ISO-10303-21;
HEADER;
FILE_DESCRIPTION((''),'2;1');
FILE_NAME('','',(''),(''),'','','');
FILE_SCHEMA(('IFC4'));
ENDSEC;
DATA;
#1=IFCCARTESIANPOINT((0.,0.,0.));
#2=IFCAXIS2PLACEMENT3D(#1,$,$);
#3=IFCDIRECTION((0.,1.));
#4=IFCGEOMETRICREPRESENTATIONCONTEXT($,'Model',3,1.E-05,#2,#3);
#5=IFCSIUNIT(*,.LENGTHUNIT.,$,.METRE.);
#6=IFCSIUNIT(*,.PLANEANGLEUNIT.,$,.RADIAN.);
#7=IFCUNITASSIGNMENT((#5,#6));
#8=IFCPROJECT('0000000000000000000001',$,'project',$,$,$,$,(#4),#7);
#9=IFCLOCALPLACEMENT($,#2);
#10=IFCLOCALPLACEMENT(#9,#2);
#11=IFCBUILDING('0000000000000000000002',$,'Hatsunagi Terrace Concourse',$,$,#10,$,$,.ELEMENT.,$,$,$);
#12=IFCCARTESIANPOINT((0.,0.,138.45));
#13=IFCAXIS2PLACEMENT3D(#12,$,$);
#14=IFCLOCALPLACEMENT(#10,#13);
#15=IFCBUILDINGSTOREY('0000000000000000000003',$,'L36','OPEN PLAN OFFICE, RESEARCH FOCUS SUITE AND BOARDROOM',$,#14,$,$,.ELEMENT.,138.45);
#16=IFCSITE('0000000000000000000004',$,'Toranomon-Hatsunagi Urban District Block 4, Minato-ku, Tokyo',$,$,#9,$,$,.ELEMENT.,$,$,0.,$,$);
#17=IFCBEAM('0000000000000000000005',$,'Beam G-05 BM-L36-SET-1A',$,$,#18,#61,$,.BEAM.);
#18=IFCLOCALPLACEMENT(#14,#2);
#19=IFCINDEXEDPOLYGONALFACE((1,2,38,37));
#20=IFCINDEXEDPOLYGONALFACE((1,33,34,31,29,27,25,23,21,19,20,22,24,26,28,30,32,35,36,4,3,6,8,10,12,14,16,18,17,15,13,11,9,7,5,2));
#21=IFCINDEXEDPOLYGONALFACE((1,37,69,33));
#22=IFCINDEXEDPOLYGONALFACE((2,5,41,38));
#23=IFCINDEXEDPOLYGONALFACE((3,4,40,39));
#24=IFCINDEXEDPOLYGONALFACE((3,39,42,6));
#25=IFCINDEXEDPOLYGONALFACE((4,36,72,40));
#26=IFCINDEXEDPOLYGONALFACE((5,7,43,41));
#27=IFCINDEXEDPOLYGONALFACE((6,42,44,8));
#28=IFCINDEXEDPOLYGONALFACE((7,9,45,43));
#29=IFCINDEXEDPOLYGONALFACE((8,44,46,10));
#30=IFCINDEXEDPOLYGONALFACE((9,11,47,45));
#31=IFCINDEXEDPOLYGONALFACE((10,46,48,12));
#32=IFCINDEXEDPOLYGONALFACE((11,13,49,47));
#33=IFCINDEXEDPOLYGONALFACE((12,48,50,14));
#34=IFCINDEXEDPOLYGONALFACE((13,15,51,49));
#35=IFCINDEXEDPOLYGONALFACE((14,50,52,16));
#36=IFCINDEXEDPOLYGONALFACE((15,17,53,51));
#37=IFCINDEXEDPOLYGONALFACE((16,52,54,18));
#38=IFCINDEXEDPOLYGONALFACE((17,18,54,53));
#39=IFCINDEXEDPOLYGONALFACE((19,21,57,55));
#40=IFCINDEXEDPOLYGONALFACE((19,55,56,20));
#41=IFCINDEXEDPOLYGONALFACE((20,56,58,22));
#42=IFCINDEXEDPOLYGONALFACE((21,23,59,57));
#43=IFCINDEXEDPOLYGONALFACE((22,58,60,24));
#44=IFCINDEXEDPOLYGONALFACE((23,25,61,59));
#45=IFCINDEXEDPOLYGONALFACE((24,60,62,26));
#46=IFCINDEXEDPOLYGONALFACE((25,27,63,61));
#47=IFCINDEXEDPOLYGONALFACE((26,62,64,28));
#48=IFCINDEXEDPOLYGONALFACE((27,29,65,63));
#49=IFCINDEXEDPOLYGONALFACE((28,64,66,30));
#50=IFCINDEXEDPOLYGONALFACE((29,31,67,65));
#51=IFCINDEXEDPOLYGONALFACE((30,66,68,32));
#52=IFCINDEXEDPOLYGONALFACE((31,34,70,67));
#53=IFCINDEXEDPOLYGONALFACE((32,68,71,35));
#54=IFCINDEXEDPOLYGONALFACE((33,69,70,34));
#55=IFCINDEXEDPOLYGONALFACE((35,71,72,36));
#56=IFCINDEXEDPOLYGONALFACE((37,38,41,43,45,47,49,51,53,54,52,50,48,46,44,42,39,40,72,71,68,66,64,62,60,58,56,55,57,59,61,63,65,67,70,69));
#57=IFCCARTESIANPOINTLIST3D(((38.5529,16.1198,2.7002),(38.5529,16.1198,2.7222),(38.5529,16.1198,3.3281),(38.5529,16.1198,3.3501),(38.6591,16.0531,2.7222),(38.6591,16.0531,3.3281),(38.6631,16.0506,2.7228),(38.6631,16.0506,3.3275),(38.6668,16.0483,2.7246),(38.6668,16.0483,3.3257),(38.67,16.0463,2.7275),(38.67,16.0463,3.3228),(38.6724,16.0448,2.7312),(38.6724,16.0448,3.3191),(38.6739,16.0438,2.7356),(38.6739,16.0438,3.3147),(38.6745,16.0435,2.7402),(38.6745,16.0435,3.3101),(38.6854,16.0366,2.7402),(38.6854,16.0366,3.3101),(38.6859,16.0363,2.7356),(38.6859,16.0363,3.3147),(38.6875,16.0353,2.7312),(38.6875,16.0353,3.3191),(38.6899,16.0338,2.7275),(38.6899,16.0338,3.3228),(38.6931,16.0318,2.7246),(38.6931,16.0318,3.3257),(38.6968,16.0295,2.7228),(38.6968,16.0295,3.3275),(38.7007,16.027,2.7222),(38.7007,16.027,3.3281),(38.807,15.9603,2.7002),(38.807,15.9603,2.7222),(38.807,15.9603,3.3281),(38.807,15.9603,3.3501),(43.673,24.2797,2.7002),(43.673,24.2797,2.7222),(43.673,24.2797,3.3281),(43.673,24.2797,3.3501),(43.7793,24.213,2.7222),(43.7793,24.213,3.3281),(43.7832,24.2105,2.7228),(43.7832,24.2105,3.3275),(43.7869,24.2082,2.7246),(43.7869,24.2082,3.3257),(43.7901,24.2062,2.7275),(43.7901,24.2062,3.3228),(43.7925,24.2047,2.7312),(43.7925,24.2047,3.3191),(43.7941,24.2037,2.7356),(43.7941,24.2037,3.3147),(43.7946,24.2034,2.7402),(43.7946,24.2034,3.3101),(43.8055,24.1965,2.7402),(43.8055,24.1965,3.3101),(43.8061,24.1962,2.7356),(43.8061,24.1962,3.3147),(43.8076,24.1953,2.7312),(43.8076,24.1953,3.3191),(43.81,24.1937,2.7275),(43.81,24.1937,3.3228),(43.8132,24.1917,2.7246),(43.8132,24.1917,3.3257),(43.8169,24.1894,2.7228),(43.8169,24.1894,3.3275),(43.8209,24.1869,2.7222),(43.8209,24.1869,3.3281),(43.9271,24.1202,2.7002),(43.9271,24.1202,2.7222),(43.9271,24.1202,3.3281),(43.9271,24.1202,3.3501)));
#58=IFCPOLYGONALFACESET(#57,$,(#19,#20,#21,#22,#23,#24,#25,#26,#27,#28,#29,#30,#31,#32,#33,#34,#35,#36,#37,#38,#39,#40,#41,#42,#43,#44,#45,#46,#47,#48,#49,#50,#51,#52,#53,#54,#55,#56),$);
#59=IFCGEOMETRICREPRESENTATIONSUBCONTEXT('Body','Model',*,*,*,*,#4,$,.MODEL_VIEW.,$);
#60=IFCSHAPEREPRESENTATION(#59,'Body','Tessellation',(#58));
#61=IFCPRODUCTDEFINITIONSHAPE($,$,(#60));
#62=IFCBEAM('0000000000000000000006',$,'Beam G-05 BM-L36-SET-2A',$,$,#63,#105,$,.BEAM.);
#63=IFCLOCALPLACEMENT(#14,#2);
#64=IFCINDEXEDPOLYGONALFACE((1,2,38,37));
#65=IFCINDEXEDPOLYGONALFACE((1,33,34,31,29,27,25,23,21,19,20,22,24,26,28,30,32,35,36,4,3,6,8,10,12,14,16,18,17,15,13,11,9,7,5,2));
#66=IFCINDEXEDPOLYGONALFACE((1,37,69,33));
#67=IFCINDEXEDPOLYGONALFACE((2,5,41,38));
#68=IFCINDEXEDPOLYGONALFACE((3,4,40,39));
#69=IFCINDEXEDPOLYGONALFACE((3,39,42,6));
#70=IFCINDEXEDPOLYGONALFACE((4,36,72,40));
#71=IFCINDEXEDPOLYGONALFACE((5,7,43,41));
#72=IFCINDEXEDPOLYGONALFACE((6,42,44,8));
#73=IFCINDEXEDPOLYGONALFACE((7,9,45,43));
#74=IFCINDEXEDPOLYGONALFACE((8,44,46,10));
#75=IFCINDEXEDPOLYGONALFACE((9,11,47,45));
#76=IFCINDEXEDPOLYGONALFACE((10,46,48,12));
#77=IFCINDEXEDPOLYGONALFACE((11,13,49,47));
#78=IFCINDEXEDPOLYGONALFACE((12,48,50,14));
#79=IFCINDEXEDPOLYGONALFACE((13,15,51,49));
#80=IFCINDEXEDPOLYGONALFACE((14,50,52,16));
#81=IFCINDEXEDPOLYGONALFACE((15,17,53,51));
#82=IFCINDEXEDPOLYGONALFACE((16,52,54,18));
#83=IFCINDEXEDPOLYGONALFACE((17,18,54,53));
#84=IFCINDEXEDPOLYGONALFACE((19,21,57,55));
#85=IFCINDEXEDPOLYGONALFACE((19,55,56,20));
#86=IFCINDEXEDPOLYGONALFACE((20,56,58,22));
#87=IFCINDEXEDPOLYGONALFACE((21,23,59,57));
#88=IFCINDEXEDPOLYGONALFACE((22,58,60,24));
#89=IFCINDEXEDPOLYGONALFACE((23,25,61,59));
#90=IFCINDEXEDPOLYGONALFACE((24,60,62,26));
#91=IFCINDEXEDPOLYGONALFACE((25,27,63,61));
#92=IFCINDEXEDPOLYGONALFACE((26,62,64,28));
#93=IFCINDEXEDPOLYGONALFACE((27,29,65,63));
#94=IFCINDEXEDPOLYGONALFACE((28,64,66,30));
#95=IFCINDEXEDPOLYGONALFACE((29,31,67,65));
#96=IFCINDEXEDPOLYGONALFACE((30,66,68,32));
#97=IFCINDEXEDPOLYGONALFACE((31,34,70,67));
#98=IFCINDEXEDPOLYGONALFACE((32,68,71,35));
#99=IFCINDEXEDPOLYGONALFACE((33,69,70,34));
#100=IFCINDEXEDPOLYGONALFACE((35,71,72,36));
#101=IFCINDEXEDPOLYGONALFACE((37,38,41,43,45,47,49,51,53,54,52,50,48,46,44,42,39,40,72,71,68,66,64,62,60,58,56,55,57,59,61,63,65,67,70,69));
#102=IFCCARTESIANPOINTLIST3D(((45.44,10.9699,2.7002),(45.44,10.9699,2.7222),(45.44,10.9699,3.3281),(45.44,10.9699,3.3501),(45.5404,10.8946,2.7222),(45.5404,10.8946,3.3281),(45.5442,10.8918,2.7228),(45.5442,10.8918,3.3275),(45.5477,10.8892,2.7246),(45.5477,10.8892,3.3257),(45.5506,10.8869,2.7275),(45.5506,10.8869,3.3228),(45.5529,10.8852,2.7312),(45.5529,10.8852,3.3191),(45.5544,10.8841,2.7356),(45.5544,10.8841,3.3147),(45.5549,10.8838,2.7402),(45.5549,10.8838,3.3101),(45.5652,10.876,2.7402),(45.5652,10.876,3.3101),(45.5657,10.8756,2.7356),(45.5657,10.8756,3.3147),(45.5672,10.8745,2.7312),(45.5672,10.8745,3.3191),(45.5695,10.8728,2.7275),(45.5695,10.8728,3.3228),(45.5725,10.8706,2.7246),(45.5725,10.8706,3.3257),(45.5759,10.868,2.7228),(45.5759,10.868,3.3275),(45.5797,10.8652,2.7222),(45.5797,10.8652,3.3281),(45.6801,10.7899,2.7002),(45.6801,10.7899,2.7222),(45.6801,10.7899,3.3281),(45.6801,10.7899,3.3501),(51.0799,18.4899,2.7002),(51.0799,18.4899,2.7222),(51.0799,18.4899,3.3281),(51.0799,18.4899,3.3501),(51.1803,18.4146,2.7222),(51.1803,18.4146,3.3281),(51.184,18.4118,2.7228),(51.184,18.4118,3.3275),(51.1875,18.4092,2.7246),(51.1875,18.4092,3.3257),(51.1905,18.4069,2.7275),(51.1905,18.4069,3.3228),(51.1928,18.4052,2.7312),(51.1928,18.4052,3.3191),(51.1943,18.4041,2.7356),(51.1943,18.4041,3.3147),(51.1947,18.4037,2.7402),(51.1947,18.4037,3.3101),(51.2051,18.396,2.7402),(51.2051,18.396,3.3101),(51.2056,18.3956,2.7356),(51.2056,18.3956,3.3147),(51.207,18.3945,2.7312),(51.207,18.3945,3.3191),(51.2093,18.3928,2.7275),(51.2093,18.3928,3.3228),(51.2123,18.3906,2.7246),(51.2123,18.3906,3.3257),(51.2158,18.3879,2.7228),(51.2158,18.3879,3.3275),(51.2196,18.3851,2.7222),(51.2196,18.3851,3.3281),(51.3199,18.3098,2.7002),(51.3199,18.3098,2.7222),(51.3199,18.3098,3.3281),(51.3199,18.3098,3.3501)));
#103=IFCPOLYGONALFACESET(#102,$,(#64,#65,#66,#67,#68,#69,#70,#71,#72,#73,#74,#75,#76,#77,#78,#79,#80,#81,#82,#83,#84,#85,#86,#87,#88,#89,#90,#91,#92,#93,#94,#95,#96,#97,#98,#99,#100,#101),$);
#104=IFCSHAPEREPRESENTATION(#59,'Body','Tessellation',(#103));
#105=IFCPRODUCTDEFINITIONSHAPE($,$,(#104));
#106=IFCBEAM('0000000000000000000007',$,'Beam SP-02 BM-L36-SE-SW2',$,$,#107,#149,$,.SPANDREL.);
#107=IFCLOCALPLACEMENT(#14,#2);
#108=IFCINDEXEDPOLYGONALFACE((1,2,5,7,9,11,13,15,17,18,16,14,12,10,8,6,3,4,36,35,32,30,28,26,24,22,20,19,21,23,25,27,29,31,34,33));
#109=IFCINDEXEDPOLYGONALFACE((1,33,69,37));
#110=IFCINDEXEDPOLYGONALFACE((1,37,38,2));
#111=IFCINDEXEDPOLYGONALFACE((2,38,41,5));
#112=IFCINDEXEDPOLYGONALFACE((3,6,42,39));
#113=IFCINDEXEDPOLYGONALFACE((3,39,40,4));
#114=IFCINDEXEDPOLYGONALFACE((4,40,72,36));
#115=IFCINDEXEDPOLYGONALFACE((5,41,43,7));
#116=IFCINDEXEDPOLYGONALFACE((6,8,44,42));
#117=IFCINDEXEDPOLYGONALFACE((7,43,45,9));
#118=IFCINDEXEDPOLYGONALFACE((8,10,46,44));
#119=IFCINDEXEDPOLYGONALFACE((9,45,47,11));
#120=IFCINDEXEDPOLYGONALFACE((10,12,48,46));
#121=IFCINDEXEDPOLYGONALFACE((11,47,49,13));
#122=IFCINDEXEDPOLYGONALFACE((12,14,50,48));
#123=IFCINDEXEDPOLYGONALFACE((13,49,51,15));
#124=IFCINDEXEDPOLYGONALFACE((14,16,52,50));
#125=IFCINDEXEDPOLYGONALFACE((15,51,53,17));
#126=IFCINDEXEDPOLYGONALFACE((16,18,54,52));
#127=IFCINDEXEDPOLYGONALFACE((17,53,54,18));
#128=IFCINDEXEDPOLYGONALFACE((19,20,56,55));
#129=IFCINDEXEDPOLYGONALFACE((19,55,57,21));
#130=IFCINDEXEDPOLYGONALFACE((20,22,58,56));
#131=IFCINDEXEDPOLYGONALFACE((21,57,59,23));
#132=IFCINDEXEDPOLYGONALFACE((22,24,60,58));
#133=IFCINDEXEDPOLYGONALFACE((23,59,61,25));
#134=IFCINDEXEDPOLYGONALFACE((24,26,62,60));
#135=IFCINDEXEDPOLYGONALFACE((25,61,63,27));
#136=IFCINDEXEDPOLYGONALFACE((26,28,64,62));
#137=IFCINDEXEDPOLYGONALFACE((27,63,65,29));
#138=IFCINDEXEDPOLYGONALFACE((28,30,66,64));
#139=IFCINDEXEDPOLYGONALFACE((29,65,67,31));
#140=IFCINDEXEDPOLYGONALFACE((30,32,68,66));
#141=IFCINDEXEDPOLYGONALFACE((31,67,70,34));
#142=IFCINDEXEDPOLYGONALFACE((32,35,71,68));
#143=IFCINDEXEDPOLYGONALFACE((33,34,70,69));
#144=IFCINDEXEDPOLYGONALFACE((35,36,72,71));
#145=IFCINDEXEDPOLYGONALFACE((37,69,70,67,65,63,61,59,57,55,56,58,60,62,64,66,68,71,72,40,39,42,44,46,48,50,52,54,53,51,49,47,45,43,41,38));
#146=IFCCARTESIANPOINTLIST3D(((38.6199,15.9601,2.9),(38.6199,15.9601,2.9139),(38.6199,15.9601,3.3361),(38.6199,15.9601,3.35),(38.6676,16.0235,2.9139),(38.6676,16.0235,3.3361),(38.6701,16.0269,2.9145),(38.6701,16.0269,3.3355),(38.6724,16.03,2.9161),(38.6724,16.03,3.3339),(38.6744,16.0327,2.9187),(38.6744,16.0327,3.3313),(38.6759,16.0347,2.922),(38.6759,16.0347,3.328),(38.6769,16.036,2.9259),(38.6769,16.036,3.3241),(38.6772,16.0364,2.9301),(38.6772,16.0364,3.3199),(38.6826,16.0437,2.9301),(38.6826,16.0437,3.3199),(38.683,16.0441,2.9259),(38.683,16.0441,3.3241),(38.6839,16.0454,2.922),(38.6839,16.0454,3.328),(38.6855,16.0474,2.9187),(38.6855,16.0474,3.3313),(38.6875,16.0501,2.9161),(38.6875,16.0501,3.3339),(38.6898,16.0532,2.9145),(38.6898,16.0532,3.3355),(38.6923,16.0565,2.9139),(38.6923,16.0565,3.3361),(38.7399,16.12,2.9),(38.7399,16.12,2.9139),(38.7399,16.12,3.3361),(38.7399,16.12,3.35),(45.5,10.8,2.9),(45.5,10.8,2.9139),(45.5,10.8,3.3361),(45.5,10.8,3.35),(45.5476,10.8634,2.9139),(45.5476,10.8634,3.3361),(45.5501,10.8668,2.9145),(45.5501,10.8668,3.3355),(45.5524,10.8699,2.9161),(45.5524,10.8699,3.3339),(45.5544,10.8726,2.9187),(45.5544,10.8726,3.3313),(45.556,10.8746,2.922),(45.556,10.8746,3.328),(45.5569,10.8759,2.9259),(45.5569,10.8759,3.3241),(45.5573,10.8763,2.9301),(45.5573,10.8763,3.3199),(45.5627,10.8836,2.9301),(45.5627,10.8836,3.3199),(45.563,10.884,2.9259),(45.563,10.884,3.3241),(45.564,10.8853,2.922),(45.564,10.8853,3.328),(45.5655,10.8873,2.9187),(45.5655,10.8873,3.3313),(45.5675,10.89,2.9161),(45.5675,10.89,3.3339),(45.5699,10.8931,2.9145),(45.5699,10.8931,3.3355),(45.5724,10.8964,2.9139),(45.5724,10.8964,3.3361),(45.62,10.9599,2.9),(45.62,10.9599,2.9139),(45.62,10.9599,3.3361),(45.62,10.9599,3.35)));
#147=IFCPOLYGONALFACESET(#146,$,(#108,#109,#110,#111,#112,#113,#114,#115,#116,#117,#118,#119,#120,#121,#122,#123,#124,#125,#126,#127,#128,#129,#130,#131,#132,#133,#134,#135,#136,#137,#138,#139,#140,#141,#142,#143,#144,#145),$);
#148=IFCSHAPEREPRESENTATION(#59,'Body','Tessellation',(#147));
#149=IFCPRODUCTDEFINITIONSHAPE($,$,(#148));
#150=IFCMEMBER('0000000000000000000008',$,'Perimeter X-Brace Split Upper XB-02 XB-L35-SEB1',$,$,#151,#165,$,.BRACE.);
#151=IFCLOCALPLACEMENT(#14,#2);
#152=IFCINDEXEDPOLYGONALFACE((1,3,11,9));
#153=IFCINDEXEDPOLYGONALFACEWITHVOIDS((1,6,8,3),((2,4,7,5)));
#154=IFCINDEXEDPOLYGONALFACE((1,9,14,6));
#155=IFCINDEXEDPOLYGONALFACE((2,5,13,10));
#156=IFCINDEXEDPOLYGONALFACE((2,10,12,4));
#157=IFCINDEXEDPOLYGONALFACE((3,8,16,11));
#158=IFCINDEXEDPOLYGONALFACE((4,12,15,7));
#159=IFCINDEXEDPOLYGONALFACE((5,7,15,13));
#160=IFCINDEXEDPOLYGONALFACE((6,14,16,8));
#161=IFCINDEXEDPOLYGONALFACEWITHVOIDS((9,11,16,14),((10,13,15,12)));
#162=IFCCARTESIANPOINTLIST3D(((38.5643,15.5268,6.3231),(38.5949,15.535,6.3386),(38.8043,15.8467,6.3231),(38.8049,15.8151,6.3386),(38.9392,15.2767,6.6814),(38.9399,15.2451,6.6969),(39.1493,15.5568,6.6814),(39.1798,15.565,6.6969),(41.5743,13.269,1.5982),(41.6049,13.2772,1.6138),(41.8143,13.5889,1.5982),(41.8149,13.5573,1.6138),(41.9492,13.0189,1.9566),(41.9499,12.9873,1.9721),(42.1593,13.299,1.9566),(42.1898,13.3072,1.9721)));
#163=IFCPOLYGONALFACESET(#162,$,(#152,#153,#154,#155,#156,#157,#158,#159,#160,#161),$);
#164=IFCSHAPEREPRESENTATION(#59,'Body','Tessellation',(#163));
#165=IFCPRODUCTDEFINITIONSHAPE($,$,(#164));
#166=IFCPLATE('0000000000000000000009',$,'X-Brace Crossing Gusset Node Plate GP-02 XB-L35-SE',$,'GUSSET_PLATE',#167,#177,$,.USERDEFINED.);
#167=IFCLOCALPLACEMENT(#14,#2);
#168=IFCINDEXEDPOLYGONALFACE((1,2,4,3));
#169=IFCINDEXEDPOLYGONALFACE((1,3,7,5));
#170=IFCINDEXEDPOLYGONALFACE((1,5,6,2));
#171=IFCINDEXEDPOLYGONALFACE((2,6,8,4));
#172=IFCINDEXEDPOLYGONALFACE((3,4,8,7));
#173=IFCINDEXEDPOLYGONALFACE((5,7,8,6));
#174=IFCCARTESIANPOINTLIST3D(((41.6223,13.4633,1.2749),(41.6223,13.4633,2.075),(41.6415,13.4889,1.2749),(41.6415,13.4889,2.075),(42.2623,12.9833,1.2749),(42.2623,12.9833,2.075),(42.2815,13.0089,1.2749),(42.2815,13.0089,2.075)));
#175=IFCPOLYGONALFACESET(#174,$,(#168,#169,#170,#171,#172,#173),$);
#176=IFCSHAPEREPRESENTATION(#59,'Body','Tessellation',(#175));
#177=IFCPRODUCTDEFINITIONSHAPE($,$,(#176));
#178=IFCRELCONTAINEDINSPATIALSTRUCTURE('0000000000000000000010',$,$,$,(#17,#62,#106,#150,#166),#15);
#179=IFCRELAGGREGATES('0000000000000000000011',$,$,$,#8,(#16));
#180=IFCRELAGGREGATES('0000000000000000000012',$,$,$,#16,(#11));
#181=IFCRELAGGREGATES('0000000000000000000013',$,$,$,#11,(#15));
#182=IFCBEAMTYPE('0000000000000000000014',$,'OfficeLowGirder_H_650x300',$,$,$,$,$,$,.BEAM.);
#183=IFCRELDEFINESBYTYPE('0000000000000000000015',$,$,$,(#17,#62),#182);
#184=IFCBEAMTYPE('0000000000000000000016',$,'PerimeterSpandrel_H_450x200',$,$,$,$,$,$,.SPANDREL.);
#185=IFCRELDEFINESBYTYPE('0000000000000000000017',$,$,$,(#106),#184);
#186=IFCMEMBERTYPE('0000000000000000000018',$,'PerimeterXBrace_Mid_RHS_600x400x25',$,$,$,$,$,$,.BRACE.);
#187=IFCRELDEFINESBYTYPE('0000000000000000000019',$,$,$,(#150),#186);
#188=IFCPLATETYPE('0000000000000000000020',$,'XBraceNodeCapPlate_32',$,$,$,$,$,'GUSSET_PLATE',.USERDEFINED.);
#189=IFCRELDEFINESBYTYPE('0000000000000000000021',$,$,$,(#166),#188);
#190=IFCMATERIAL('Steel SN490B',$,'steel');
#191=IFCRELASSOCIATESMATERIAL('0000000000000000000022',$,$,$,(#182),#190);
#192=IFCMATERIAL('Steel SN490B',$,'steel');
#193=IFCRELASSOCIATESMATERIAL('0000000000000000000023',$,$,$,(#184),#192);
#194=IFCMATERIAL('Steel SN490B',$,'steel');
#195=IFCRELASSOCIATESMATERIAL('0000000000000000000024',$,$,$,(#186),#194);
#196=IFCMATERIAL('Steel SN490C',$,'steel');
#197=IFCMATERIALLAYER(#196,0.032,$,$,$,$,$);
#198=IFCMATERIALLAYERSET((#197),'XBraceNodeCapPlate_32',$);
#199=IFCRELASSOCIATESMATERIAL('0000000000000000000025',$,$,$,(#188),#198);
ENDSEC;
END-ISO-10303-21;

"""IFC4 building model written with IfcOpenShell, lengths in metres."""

from ifc_helpers import new_model, si_unit, direction, frame, origin, origin_2d, place, context, subcontext, project, spatial, rectangle, hollow_rectangle, i_section, extrude, material, layer, layer_set, material_profile, profile_set, type_object, element, save


model = new_model("IFC4")

# Units and contexts
model_context = context("Model", 3, precision=1e-05, world=origin(), true_north=direction((0.0, 1.0)))
body_context = subcontext(model_context, "Body", "Model", "MODEL_VIEW")
ifc_project = project(units=[si_unit("LENGTHUNIT", "METRE"), si_unit("PLANEANGLEUNIT", "RADIAN")], contexts=[model_context])

# Site, building, storey
site_placement = place(None, origin())
site = spatial("IfcSite", under=ifc_project, at=site_placement, Name="Toranomon-Hatsunagi Urban District Block 4, Minato-ku, Tokyo", CompositionType="ELEMENT", RefElevation=0.0)
building_placement = place(site_placement, origin())
building = spatial("IfcBuilding", under=site, at=building_placement, Name="Hatsunagi Terrace Concourse", CompositionType="ELEMENT")
storey_placement = place(building_placement, frame((0.0, 0.0, 138.45)))
storey = spatial("IfcBuildingStorey", under=building, at=storey_placement, Name="L36", Description="OPEN PLAN OFFICE, RESEARCH FOCUS SUITE AND BOARDROOM", CompositionType="ELEMENT", Elevation=138.45)

# Beams
ifc_material_1 = material(Name="Steel SN490B", Category="steel")
ifc_material_profile_1 = material_profile(ifc_material_1, i_section(OverallWidth=0.3, OverallDepth=0.6499, WebThickness=0.0129, FlangeThickness=0.022, FilletRadius=0.0181, at=origin_2d()), Name="H-650x300x13x22")
ifc_profile_set_1 = profile_set([ifc_material_profile_1], Name="Steel SN490B")
beam_type_1 = type_object("IfcBeamType", Name="OfficeLowGirder_H_650x300", PredefinedType="BEAM", material=ifc_profile_set_1)
beam_1_placement = place(storey_placement, frame((38.6799, 16.04, 3.0251), z_axis=(0.531504, 0.847056, 0.0), x_axis=(-0.847056, 0.531504, 0.0)))
element("IfcBeam", 1, at=beam_1_placement, inside=storey, type_object=beam_type_1, Name="Beam G-05 BM-L36-SET-1A", PredefinedType="BEAM", context=body_context, shape_type="SweptSolid", body=[
    extrude(i_section(OverallWidth=0.3, OverallDepth=0.6499, WebThickness=0.0129, FlangeThickness=0.022, FilletRadius=0.0181, at=origin_2d()), origin(), (0.0, 0.0, 1.0), 9.6333),
])
beam_2_placement = place(storey_placement, frame((45.5601, 10.8799, 3.0251), z_axis=(0.599992, 0.800006, 0.0), x_axis=(-0.800006, 0.599992, 0.0)))
element("IfcBeam", 2, at=beam_2_placement, inside=storey, type_object=beam_type_1, Name="Beam G-05 BM-L36-SET-2A", PredefinedType="BEAM", context=body_context, shape_type="SweptSolid", body=[
    extrude(i_section(OverallWidth=0.3, OverallDepth=0.6499, WebThickness=0.0129, FlangeThickness=0.022, FilletRadius=0.0181, at=origin_2d()), origin(), (0.0, 0.0, 1.0), 9.3999),
])
ifc_material_2 = material(Name="Steel SN490B", Category="steel")
ifc_material_profile_2 = material_profile(ifc_material_2, i_section(OverallWidth=0.2, OverallDepth=0.45, WebThickness=0.009, FlangeThickness=0.0139, FilletRadius=0.0161, at=origin_2d()), Name="H-450x200x9x14")
ifc_profile_set_2 = profile_set([ifc_material_profile_2], Name="Steel SN490B")
beam_type_2 = type_object("IfcBeamType", Name="PerimeterSpandrel_H_450x200", PredefinedType="SPANDREL", material=ifc_profile_set_2)
beam_3_placement = place(storey_placement, frame((38.6799, 16.04, 3.125), z_axis=(0.799997, -0.600005, 0.0), x_axis=(0.600005, 0.799997, 0.0)))
element("IfcBeam", 3, at=beam_3_placement, inside=storey, type_object=beam_type_2, Name="Beam SP-02 BM-L36-SE-SW2", PredefinedType="SPANDREL", context=body_context, shape_type="SweptSolid", body=[
    extrude(i_section(OverallWidth=0.2, OverallDepth=0.45, WebThickness=0.009, FlangeThickness=0.0139, FilletRadius=0.0161, at=origin_2d()), origin(), (0.0, 0.0, 1.0), 8.6001),
])

# Member
ifc_material_3 = material(Name="Steel SN490B", Category="steel")
ifc_material_profile_3 = material_profile(ifc_material_3, hollow_rectangle(XDim=0.3999, YDim=0.6001, WallThickness=0.0249, at=origin_2d()), Name="RHS-600x400x25")
ifc_profile_set_3 = profile_set([ifc_material_profile_3], Name="Steel SN490B")
member_type_1 = type_object("IfcMemberType", Name="PerimeterXBrace_Mid_RHS_600x400x25", PredefinedType="BRACE", material=ifc_profile_set_3)
member_1_placement = place(storey_placement, frame((38.8721, 15.5459, 6.51), z_axis=(0.498342, -0.373807, -0.782255), x_axis=(0.600052, 0.799961, 0.0)))
element("IfcMember", 4, at=member_1_placement, inside=storey, type_object=member_type_1, Name="Perimeter X-Brace Split Upper XB-02 XB-L35-SEB1", PredefinedType="BRACE", context=body_context, shape_type="SweptSolid", body=[
    extrude(hollow_rectangle(XDim=0.3999, YDim=0.6001, WallThickness=0.0249, at=origin_2d()), origin(), (0.0, 0.0, 1.0), 6.04),
])

# Plate
ifc_material_4 = material(Name="Steel SN490C", Category="steel")
ifc_layer_1 = layer(ifc_material_4, 0.032)
ifc_layer_set_1 = layer_set([ifc_layer_1], Name="XBraceNodeCapPlate_32")
plate_type = type_object("IfcPlateType", Name="XBraceNodeCapPlate_32", ElementType="GUSSET_PLATE", PredefinedType="USERDEFINED", material=ifc_layer_set_1)
plate_placement = place(storey_placement, frame((41.9519, 13.2361, 1.2749), z_axis=(0.0, 0.0, 1.0), x_axis=(0.8, -0.6, 0.0)))
element("IfcPlate", 5, at=plate_placement, inside=storey, type_object=plate_type, Name="X-Brace Crossing Gusset Node Plate GP-02 XB-L35-SE", ObjectType="GUSSET_PLATE", PredefinedType="USERDEFINED", context=body_context, shape_type="SweptSolid", body=[
    extrude(rectangle(XDim=0.8, YDim=0.032, at=origin_2d()), origin(), (0.0, 0.0, 1.0), 0.8),
])

save(model, "model.ifc")
